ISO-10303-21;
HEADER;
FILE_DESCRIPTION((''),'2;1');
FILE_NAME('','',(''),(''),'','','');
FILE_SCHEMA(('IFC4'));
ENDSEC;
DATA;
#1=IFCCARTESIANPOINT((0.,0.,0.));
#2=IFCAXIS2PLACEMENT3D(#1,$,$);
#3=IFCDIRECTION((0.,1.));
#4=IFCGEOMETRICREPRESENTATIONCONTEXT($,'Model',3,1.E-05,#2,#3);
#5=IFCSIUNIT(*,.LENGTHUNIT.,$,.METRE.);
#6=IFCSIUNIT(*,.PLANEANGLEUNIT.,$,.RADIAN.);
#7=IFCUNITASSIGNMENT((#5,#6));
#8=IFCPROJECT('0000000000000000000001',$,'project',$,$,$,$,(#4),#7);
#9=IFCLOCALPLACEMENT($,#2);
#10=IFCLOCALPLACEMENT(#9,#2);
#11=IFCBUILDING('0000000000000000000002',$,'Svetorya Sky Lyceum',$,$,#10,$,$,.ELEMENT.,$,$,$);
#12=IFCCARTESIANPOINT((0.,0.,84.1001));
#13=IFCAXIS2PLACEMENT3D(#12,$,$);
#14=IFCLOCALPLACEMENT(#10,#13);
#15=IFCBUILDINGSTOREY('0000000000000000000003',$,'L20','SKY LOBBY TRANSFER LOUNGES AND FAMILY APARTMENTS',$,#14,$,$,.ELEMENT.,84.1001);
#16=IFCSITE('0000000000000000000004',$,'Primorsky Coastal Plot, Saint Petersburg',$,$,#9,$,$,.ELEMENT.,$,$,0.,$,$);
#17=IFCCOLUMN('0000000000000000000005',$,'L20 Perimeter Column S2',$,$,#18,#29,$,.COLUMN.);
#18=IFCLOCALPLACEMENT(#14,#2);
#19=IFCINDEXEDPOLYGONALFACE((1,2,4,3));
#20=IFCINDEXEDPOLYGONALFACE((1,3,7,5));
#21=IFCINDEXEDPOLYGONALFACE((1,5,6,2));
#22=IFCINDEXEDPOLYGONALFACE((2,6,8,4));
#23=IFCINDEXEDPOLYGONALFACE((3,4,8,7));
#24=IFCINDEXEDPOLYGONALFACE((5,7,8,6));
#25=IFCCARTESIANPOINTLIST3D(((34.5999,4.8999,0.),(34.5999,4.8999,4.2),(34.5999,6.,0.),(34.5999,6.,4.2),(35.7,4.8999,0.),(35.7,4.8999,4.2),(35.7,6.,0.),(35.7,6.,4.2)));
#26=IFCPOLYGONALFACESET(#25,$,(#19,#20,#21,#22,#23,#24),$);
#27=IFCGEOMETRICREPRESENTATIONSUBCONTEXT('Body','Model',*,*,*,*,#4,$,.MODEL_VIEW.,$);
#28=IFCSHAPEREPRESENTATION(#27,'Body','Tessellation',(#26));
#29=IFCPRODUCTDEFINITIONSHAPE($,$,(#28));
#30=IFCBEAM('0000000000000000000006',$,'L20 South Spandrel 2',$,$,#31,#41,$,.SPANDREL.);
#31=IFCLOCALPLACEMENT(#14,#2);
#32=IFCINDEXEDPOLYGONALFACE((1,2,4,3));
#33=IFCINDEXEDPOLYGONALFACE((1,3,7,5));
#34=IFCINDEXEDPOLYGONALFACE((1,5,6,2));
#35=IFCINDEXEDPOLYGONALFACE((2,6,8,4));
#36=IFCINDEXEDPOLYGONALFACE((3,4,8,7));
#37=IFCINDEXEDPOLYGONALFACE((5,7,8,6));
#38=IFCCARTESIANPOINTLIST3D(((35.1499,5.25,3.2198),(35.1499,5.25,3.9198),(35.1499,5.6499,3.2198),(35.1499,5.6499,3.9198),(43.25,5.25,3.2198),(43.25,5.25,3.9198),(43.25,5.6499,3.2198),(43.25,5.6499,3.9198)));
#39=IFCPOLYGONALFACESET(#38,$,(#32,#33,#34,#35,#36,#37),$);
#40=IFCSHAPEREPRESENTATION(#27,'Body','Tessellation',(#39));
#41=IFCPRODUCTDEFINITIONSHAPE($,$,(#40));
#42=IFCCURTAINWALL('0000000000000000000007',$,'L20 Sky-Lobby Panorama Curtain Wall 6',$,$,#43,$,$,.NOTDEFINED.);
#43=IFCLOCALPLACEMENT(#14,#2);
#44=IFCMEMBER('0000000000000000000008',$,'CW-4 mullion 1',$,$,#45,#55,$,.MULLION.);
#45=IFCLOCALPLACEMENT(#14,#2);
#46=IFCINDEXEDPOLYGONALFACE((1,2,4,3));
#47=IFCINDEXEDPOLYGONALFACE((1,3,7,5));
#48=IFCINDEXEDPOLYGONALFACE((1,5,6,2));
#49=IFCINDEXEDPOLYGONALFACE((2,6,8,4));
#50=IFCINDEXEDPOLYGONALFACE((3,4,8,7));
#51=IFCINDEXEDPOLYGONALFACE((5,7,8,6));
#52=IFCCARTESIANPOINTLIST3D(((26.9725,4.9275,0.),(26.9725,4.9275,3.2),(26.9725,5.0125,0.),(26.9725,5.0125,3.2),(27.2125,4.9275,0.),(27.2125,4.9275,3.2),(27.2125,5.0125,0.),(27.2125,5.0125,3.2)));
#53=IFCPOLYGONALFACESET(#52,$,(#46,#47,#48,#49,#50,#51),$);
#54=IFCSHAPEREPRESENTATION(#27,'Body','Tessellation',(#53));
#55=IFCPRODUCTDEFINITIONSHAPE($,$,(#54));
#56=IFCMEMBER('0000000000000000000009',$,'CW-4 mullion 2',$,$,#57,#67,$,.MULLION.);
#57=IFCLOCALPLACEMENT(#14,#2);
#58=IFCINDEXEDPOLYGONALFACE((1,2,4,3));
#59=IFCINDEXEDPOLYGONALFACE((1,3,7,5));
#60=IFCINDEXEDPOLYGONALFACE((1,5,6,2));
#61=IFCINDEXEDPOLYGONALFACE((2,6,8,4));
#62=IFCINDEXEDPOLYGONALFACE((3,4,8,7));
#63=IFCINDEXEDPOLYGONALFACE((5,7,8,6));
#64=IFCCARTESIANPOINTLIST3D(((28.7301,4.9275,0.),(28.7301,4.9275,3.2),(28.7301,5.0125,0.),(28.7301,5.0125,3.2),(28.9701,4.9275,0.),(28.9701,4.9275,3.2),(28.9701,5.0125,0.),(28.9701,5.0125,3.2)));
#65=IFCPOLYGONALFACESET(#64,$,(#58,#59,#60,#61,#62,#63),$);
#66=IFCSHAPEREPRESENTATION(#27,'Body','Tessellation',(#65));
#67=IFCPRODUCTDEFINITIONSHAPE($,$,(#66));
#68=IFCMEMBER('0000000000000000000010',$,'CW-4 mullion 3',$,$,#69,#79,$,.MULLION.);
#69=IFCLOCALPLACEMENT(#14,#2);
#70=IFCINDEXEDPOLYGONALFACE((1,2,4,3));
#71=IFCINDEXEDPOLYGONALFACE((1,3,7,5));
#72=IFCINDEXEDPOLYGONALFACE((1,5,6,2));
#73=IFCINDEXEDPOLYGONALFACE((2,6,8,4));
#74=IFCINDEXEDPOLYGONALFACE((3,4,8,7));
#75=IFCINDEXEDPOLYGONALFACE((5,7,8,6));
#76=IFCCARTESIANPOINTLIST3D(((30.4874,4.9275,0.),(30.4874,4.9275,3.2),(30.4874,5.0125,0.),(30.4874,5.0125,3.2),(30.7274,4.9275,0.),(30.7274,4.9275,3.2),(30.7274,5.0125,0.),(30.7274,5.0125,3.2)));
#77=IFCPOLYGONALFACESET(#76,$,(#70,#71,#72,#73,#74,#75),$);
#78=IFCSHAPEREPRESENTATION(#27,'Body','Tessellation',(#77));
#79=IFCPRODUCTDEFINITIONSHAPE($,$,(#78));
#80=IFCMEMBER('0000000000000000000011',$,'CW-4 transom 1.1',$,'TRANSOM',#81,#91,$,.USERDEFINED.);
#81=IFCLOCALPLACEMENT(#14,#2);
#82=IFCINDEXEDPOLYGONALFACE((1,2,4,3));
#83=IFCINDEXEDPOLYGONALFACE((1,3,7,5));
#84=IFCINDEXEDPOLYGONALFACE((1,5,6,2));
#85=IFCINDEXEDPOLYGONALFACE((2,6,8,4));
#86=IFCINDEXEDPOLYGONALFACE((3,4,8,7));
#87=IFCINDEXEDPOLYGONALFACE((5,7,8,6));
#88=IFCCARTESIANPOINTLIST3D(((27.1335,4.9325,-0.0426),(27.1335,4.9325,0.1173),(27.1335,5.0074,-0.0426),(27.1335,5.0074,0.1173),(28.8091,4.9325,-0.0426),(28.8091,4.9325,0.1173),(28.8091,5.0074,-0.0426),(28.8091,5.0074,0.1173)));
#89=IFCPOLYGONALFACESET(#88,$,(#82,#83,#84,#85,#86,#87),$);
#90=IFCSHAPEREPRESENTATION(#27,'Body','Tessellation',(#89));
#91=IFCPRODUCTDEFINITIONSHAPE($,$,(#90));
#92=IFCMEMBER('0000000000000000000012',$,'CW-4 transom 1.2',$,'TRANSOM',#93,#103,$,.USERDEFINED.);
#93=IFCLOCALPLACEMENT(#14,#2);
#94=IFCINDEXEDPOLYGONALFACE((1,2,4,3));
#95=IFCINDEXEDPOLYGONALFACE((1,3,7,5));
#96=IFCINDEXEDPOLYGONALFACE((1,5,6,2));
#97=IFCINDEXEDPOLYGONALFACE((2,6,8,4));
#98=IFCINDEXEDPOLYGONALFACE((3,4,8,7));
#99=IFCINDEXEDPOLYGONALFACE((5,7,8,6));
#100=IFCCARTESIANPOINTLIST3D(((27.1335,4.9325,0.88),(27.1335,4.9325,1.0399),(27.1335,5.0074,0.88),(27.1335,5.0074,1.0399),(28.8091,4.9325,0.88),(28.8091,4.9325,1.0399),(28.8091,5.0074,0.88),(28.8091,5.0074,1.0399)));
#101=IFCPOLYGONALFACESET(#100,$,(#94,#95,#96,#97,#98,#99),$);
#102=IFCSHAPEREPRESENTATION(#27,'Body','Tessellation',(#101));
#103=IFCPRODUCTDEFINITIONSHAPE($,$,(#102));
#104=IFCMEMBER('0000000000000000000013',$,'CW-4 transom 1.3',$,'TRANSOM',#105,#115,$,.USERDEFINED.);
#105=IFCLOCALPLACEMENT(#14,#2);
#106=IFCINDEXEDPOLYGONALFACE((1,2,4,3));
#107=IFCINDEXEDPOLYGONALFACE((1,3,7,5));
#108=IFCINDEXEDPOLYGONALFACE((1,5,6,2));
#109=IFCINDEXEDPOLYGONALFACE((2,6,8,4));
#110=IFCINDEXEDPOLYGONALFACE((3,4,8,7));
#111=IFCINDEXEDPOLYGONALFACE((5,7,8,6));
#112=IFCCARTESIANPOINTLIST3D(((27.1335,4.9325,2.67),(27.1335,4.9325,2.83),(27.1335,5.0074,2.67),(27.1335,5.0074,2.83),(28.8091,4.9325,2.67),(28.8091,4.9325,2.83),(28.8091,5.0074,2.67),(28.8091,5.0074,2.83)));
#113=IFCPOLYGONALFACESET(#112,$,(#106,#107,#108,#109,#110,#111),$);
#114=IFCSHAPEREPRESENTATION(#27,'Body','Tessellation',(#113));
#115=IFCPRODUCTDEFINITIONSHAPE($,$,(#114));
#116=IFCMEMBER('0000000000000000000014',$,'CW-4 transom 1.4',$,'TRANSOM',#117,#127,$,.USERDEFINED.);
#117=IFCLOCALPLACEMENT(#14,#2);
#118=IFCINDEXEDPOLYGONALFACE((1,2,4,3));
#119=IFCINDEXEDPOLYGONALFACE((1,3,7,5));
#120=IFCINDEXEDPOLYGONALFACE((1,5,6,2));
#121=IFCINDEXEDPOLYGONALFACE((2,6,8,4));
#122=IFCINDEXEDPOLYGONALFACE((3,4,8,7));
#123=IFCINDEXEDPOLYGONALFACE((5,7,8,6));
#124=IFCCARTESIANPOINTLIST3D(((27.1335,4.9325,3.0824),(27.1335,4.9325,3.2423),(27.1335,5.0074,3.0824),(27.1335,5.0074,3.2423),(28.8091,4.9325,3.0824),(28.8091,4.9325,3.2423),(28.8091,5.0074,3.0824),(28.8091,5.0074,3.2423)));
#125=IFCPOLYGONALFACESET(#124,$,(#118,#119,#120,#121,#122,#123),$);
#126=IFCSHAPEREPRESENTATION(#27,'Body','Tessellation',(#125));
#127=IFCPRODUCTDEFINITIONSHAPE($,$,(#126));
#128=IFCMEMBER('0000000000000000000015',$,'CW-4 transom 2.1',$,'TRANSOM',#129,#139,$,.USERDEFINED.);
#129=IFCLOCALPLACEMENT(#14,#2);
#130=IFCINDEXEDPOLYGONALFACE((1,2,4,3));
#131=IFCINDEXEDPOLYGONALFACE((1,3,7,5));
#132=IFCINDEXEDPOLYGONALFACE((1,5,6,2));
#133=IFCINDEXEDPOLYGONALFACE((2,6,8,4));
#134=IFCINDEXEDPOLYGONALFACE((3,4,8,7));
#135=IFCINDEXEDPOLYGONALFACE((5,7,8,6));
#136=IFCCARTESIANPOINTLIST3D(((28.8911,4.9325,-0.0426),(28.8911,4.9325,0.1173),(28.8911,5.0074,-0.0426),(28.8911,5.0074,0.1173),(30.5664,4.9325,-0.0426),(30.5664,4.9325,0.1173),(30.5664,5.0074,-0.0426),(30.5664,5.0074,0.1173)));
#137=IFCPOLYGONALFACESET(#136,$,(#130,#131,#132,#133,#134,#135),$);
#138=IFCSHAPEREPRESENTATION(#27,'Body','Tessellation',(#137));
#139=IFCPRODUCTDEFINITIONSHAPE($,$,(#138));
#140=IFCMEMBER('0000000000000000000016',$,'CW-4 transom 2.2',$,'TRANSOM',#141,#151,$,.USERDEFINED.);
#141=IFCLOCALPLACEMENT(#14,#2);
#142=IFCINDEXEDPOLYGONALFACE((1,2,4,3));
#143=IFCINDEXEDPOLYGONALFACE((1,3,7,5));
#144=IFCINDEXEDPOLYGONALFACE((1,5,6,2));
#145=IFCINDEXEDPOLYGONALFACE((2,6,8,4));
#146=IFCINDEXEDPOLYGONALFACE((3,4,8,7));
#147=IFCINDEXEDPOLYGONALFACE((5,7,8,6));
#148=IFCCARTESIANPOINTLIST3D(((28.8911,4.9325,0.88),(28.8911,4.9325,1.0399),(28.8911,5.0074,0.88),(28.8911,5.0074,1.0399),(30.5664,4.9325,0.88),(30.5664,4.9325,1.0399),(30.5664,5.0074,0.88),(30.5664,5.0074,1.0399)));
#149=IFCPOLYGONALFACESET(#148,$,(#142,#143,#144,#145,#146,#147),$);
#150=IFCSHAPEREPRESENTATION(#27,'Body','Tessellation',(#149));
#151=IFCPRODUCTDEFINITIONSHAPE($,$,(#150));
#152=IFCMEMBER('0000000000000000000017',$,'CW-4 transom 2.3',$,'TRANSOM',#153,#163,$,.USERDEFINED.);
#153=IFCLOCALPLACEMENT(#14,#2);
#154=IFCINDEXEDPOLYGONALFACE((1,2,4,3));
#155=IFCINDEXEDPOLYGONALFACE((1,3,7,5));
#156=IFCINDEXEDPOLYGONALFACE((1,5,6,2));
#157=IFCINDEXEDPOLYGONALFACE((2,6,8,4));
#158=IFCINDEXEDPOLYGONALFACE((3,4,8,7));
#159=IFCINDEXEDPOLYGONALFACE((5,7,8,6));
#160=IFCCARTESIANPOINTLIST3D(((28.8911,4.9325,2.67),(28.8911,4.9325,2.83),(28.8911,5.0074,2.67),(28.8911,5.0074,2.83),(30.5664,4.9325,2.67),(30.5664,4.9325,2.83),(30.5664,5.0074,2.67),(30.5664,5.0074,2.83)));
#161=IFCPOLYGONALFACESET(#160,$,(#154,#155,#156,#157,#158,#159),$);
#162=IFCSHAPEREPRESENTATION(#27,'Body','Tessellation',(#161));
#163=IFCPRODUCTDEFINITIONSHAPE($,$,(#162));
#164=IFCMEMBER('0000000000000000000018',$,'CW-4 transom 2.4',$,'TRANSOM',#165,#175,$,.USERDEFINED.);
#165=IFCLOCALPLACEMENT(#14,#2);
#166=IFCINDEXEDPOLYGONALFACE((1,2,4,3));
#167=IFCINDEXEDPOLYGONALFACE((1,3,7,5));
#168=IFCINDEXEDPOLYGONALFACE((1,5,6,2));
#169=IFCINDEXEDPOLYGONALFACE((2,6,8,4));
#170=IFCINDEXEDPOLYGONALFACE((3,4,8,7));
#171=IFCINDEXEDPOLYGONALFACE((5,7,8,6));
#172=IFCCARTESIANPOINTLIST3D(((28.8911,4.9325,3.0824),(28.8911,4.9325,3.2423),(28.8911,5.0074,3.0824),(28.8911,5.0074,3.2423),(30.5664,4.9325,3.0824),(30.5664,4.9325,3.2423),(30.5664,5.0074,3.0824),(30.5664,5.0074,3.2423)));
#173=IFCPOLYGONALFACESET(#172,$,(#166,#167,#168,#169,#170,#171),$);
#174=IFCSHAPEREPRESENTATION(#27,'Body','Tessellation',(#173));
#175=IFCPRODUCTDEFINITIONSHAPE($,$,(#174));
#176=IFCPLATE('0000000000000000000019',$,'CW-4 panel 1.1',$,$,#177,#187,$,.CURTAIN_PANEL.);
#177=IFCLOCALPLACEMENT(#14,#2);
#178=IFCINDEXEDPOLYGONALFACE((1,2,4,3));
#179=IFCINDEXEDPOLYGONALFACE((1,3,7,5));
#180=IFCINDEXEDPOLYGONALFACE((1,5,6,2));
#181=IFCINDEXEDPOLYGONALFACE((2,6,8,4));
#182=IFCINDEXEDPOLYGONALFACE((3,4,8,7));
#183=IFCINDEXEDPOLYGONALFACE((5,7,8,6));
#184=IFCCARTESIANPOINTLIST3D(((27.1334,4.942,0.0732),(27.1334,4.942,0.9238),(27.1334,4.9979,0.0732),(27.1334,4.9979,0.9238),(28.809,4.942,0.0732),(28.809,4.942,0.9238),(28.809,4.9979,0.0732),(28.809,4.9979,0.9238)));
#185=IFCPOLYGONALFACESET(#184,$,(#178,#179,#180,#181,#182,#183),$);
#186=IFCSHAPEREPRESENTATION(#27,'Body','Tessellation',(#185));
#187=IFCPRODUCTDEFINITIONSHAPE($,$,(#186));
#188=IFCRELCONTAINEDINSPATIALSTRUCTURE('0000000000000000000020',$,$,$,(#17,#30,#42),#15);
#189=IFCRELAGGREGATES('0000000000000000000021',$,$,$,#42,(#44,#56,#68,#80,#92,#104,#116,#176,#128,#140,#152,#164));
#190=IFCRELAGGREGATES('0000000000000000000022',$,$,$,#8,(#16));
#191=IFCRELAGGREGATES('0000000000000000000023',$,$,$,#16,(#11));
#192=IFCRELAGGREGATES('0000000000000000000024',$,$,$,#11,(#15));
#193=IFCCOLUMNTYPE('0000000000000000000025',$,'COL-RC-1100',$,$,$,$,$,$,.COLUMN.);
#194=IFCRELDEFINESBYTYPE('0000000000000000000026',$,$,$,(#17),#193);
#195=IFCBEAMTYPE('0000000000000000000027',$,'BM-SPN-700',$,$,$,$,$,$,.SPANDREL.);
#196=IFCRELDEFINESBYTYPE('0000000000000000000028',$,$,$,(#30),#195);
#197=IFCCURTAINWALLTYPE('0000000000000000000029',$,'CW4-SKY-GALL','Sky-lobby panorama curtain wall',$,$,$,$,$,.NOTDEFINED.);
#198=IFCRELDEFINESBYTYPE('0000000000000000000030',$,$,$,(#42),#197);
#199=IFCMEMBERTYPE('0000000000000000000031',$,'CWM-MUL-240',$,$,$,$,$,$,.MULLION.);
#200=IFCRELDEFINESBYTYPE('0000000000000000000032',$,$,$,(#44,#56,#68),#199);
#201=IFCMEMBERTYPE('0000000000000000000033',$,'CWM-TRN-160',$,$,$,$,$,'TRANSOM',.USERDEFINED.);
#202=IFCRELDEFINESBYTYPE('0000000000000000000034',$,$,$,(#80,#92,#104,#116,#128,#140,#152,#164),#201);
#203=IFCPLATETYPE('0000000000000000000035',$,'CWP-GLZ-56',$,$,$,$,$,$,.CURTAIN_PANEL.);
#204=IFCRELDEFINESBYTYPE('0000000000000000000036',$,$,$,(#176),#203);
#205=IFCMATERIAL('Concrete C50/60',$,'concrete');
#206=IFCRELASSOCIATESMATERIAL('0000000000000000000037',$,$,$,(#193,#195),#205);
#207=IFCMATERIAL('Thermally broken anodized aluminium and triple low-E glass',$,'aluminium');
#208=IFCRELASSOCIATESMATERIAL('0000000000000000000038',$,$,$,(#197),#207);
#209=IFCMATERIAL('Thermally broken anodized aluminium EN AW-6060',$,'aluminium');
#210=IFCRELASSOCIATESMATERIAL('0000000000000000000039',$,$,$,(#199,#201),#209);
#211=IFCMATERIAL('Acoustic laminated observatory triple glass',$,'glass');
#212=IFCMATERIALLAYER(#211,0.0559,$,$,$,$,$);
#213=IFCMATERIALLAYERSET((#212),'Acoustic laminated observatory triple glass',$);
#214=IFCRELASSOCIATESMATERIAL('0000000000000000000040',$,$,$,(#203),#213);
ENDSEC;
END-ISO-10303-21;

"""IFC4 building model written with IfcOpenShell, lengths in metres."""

from ifc_helpers import new_model, si_unit, direction, frame, origin, origin_2d, place, context, subcontext, project, spatial, rectangle, extrude, material, layer, layer_set, material_profile, profile_set, type_object, element, aggregate, save


model = new_model("IFC4")

# Units and contexts
model_context = context("Model", 3, precision=1e-05, world=origin(), true_north=direction((0.0, 1.0)))
body_context = subcontext(model_context, "Body", "Model", "MODEL_VIEW")
ifc_project = project(units=[si_unit("LENGTHUNIT", "METRE"), si_unit("PLANEANGLEUNIT", "RADIAN")], contexts=[model_context])

# Site, building, storey
site_placement = place(None, origin())
site = spatial("IfcSite", under=ifc_project, at=site_placement, Name="Primorsky Coastal Plot, Saint Petersburg", CompositionType="ELEMENT", RefElevation=0.0)
building_placement = place(site_placement, origin())
building = spatial("IfcBuilding", under=site, at=building_placement, Name="Svetorya Sky Lyceum", CompositionType="ELEMENT")
storey_placement = place(building_placement, frame((0.0, 0.0, 84.1001)))
storey = spatial("IfcBuildingStorey", under=building, at=storey_placement, Name="L20", Description="SKY LOBBY TRANSFER LOUNGES AND FAMILY APARTMENTS", CompositionType="ELEMENT", Elevation=84.1001)

# Column
ifc_material_1 = material(Name="Concrete C50/60", Category="concrete")
ifc_material_profile_1 = material_profile(ifc_material_1, rectangle(XDim=1.1001, YDim=1.1001, at=origin_2d()), Name="RC COL 1100x1100")
ifc_profile_set_1 = profile_set([ifc_material_profile_1], Name="Concrete C50/60")
column_type = type_object("IfcColumnType", Name="COL-RC-1100", PredefinedType="COLUMN", material=ifc_profile_set_1)
column_placement = place(storey_placement, frame((35.1499, 5.45, 0.0), z_axis=(0.0, 0.0, 1.0), x_axis=(1.0, 0.0, 0.0)))
element("IfcColumn", 1, at=column_placement, inside=storey, type_object=column_type, Name="L20 Perimeter Column S2", PredefinedType="COLUMN", context=body_context, shape_type="SweptSolid", body=[
    extrude(rectangle(XDim=1.1001, YDim=1.1001, at=origin_2d()), origin(), (0.0, 0.0, 1.0), 4.2),
])

# Beam
ifc_material_profile_2 = material_profile(ifc_material_1, rectangle(XDim=0.3999, YDim=0.7, at=origin_2d()), Name="RC SPANDREL 400x700")
ifc_profile_set_2 = profile_set([ifc_material_profile_2], Name="Concrete C50/60")
beam_type = type_object("IfcBeamType", Name="BM-SPN-700", PredefinedType="SPANDREL", material=ifc_profile_set_2)
beam_placement = place(storey_placement, frame((35.1499, 5.45, 3.5698), z_axis=(1.0, 0.0, 0.0), x_axis=(0.0, 1.0, 0.0)))
element("IfcBeam", 2, at=beam_placement, inside=storey, type_object=beam_type, Name="L20 South Spandrel 2", PredefinedType="SPANDREL", context=body_context, shape_type="SweptSolid", body=[
    extrude(rectangle(XDim=0.3999, YDim=0.7, at=origin_2d()), origin(), (0.0, 0.0, 1.0), 8.1001),
])

# Curtain wall, members, plate
ifc_material_2 = material(Name="Thermally broken anodized aluminium and triple low-E glass", Category="aluminium")
curtain_wall_type = type_object("IfcCurtainWallType", Name="CW4-SKY-GALL", Description="Sky-lobby panorama curtain wall", PredefinedType="NOTDEFINED", material=ifc_material_2)
curtain_wall_placement = place(storey_placement, origin())
curtain_wall = element("IfcCurtainWall", 3, at=curtain_wall_placement, inside=storey, type_object=curtain_wall_type, Name="L20 Sky-Lobby Panorama Curtain Wall 6", PredefinedType="NOTDEFINED")
ifc_material_3 = material(Name="Thermally broken anodized aluminium EN AW-6060", Category="aluminium")
ifc_material_profile_3 = material_profile(ifc_material_3, rectangle(XDim=0.085, YDim=0.24, at=origin_2d()), Name="ALU MULLION 85x240")
ifc_profile_set_3 = profile_set([ifc_material_profile_3], Name="Thermally broken anodized aluminium EN AW-6060")
member_type_1 = type_object("IfcMemberType", Name="CWM-MUL-240", PredefinedType="MULLION", material=ifc_profile_set_3)
member_1_placement = place(storey_placement, frame((27.0925, 4.97, 0.0), z_axis=(0.0, 0.0, 1.0), x_axis=(0.0, 1.0, 0.0)))
member_1 = element("IfcMember", 4, at=member_1_placement, type_object=member_type_1, Name="CW-4 mullion 1", PredefinedType="MULLION", context=body_context, shape_type="SweptSolid", body=[
    extrude(rectangle(XDim=0.085, YDim=0.24, at=origin_2d()), origin(), (0.0, 0.0, 1.0), 3.2),
])
member_2_placement = place(storey_placement, frame((28.8501, 4.97, 0.0), z_axis=(0.0, 0.0, 1.0), x_axis=(0.0, 1.0, 0.0)))
member_2 = element("IfcMember", 5, at=member_2_placement, type_object=member_type_1, Name="CW-4 mullion 2", PredefinedType="MULLION", context=body_context, shape_type="SweptSolid", body=[
    extrude(rectangle(XDim=0.085, YDim=0.24, at=origin_2d()), origin(), (0.0, 0.0, 1.0), 3.2),
])
member_3_placement = place(storey_placement, frame((30.6074, 4.97, 0.0), z_axis=(0.0, 0.0, 1.0), x_axis=(0.0, 1.0, 0.0)))
member_3 = element("IfcMember", 6, at=member_3_placement, type_object=member_type_1, Name="CW-4 mullion 3", PredefinedType="MULLION", context=body_context, shape_type="SweptSolid", body=[
    extrude(rectangle(XDim=0.085, YDim=0.24, at=origin_2d()), origin(), (0.0, 0.0, 1.0), 3.2),
])
ifc_material_profile_4 = material_profile(ifc_material_3, rectangle(XDim=0.075, YDim=0.1599, at=origin_2d()), Name="ALU TRANSOM 75x160")
ifc_profile_set_4 = profile_set([ifc_material_profile_4], Name="Thermally broken anodized aluminium EN AW-6060")
member_type_2 = type_object("IfcMemberType", Name="CWM-TRN-160", ElementType="TRANSOM", PredefinedType="USERDEFINED", material=ifc_profile_set_4)
member_4_placement = place(storey_placement, frame((27.1335, 4.97, 0.0374), z_axis=(1.0, 0.0, 0.0), x_axis=(0.0, 1.0, 0.0)))
member_4 = element("IfcMember", 7, at=member_4_placement, type_object=member_type_2, Name="CW-4 transom 1.1", ObjectType="TRANSOM", PredefinedType="USERDEFINED", context=body_context, shape_type="SweptSolid", body=[
    extrude(rectangle(XDim=0.075, YDim=0.1599, at=origin_2d()), origin(), (0.0, 0.0, 1.0), 1.6755),
])
member_5_placement = place(storey_placement, frame((27.1335, 4.97, 0.96), z_axis=(1.0, 0.0, 0.0), x_axis=(0.0, 1.0, 0.0)))
member_5 = element("IfcMember", 8, at=member_5_placement, type_object=member_type_2, Name="CW-4 transom 1.2", ObjectType="TRANSOM", PredefinedType="USERDEFINED", context=body_context, shape_type="SweptSolid", body=[
    extrude(rectangle(XDim=0.075, YDim=0.1599, at=origin_2d()), origin(), (0.0, 0.0, 1.0), 1.6755),
])
member_6_placement = place(storey_placement, frame((27.1335, 4.97, 2.75), z_axis=(1.0, 0.0, 0.0), x_axis=(0.0, 1.0, 0.0)))
member_6 = element("IfcMember", 9, at=member_6_placement, type_object=member_type_2, Name="CW-4 transom 1.3", ObjectType="TRANSOM", PredefinedType="USERDEFINED", context=body_context, shape_type="SweptSolid", body=[
    extrude(rectangle(XDim=0.075, YDim=0.1599, at=origin_2d()), origin(), (0.0, 0.0, 1.0), 1.6755),
])
member_7_placement = place(storey_placement, frame((27.1335, 4.97, 3.1624), z_axis=(1.0, 0.0, 0.0), x_axis=(0.0, 1.0, 0.0)))
member_7 = element("IfcMember", 10, at=member_7_placement, type_object=member_type_2, Name="CW-4 transom 1.4", ObjectType="TRANSOM", PredefinedType="USERDEFINED", context=body_context, shape_type="SweptSolid", body=[
    extrude(rectangle(XDim=0.075, YDim=0.1599, at=origin_2d()), origin(), (0.0, 0.0, 1.0), 1.6755),
])
member_8_placement = place(storey_placement, frame((28.8911, 4.97, 0.0374), z_axis=(1.0, 0.0, 0.0), x_axis=(0.0, 1.0, 0.0)))
member_8 = element("IfcMember", 11, at=member_8_placement, type_object=member_type_2, Name="CW-4 transom 2.1", ObjectType="TRANSOM", PredefinedType="USERDEFINED", context=body_context, shape_type="SweptSolid", body=[
    extrude(rectangle(XDim=0.075, YDim=0.1599, at=origin_2d()), origin(), (0.0, 0.0, 1.0), 1.6753),
])
member_9_placement = place(storey_placement, frame((28.8911, 4.97, 0.96), z_axis=(1.0, 0.0, 0.0), x_axis=(0.0, 1.0, 0.0)))
member_9 = element("IfcMember", 12, at=member_9_placement, type_object=member_type_2, Name="CW-4 transom 2.2", ObjectType="TRANSOM", PredefinedType="USERDEFINED", context=body_context, shape_type="SweptSolid", body=[
    extrude(rectangle(XDim=0.075, YDim=0.1599, at=origin_2d()), origin(), (0.0, 0.0, 1.0), 1.6753),
])
member_10_placement = place(storey_placement, frame((28.8911, 4.97, 2.75), z_axis=(1.0, 0.0, 0.0), x_axis=(0.0, 1.0, 0.0)))
member_10 = element("IfcMember", 13, at=member_10_placement, type_object=member_type_2, Name="CW-4 transom 2.3", ObjectType="TRANSOM", PredefinedType="USERDEFINED", context=body_context, shape_type="SweptSolid", body=[
    extrude(rectangle(XDim=0.075, YDim=0.1599, at=origin_2d()), origin(), (0.0, 0.0, 1.0), 1.6753),
])
member_11_placement = place(storey_placement, frame((28.8911, 4.97, 3.1624), z_axis=(1.0, 0.0, 0.0), x_axis=(0.0, 1.0, 0.0)))
member_11 = element("IfcMember", 14, at=member_11_placement, type_object=member_type_2, Name="CW-4 transom 2.4", ObjectType="TRANSOM", PredefinedType="USERDEFINED", context=body_context, shape_type="SweptSolid", body=[
    extrude(rectangle(XDim=0.075, YDim=0.1599, at=origin_2d()), origin(), (0.0, 0.0, 1.0), 1.6753),
])
ifc_material_4 = material(Name="Acoustic laminated observatory triple glass", Category="glass")
ifc_layer_1 = layer(ifc_material_4, 0.0559)
ifc_layer_set_1 = layer_set([ifc_layer_1], Name="Acoustic laminated observatory triple glass")
plate_type = type_object("IfcPlateType", Name="CWP-GLZ-56", PredefinedType="CURTAIN_PANEL", material=ifc_layer_set_1)
plate_1_placement = place(storey_placement, frame((27.9712, 4.97, 0.0732), z_axis=(0.0, 0.0, 1.0), x_axis=(1.0, 0.0, 0.0)))
plate_1 = element("IfcPlate", 15, at=plate_1_placement, type_object=plate_type, Name="CW-4 panel 1.1", PredefinedType="CURTAIN_PANEL", context=body_context, shape_type="SweptSolid", body=[
    extrude(rectangle(XDim=1.6755, YDim=0.0559, at=origin_2d()), origin(), (0.0, 0.0, 1.0), 0.8506),
])
aggregate(curtain_wall, [member_1, member_2, member_3, member_4, member_5, member_6, member_7, plate_1, member_8, member_9, member_10, member_11])

save(model, "model.ifc")
